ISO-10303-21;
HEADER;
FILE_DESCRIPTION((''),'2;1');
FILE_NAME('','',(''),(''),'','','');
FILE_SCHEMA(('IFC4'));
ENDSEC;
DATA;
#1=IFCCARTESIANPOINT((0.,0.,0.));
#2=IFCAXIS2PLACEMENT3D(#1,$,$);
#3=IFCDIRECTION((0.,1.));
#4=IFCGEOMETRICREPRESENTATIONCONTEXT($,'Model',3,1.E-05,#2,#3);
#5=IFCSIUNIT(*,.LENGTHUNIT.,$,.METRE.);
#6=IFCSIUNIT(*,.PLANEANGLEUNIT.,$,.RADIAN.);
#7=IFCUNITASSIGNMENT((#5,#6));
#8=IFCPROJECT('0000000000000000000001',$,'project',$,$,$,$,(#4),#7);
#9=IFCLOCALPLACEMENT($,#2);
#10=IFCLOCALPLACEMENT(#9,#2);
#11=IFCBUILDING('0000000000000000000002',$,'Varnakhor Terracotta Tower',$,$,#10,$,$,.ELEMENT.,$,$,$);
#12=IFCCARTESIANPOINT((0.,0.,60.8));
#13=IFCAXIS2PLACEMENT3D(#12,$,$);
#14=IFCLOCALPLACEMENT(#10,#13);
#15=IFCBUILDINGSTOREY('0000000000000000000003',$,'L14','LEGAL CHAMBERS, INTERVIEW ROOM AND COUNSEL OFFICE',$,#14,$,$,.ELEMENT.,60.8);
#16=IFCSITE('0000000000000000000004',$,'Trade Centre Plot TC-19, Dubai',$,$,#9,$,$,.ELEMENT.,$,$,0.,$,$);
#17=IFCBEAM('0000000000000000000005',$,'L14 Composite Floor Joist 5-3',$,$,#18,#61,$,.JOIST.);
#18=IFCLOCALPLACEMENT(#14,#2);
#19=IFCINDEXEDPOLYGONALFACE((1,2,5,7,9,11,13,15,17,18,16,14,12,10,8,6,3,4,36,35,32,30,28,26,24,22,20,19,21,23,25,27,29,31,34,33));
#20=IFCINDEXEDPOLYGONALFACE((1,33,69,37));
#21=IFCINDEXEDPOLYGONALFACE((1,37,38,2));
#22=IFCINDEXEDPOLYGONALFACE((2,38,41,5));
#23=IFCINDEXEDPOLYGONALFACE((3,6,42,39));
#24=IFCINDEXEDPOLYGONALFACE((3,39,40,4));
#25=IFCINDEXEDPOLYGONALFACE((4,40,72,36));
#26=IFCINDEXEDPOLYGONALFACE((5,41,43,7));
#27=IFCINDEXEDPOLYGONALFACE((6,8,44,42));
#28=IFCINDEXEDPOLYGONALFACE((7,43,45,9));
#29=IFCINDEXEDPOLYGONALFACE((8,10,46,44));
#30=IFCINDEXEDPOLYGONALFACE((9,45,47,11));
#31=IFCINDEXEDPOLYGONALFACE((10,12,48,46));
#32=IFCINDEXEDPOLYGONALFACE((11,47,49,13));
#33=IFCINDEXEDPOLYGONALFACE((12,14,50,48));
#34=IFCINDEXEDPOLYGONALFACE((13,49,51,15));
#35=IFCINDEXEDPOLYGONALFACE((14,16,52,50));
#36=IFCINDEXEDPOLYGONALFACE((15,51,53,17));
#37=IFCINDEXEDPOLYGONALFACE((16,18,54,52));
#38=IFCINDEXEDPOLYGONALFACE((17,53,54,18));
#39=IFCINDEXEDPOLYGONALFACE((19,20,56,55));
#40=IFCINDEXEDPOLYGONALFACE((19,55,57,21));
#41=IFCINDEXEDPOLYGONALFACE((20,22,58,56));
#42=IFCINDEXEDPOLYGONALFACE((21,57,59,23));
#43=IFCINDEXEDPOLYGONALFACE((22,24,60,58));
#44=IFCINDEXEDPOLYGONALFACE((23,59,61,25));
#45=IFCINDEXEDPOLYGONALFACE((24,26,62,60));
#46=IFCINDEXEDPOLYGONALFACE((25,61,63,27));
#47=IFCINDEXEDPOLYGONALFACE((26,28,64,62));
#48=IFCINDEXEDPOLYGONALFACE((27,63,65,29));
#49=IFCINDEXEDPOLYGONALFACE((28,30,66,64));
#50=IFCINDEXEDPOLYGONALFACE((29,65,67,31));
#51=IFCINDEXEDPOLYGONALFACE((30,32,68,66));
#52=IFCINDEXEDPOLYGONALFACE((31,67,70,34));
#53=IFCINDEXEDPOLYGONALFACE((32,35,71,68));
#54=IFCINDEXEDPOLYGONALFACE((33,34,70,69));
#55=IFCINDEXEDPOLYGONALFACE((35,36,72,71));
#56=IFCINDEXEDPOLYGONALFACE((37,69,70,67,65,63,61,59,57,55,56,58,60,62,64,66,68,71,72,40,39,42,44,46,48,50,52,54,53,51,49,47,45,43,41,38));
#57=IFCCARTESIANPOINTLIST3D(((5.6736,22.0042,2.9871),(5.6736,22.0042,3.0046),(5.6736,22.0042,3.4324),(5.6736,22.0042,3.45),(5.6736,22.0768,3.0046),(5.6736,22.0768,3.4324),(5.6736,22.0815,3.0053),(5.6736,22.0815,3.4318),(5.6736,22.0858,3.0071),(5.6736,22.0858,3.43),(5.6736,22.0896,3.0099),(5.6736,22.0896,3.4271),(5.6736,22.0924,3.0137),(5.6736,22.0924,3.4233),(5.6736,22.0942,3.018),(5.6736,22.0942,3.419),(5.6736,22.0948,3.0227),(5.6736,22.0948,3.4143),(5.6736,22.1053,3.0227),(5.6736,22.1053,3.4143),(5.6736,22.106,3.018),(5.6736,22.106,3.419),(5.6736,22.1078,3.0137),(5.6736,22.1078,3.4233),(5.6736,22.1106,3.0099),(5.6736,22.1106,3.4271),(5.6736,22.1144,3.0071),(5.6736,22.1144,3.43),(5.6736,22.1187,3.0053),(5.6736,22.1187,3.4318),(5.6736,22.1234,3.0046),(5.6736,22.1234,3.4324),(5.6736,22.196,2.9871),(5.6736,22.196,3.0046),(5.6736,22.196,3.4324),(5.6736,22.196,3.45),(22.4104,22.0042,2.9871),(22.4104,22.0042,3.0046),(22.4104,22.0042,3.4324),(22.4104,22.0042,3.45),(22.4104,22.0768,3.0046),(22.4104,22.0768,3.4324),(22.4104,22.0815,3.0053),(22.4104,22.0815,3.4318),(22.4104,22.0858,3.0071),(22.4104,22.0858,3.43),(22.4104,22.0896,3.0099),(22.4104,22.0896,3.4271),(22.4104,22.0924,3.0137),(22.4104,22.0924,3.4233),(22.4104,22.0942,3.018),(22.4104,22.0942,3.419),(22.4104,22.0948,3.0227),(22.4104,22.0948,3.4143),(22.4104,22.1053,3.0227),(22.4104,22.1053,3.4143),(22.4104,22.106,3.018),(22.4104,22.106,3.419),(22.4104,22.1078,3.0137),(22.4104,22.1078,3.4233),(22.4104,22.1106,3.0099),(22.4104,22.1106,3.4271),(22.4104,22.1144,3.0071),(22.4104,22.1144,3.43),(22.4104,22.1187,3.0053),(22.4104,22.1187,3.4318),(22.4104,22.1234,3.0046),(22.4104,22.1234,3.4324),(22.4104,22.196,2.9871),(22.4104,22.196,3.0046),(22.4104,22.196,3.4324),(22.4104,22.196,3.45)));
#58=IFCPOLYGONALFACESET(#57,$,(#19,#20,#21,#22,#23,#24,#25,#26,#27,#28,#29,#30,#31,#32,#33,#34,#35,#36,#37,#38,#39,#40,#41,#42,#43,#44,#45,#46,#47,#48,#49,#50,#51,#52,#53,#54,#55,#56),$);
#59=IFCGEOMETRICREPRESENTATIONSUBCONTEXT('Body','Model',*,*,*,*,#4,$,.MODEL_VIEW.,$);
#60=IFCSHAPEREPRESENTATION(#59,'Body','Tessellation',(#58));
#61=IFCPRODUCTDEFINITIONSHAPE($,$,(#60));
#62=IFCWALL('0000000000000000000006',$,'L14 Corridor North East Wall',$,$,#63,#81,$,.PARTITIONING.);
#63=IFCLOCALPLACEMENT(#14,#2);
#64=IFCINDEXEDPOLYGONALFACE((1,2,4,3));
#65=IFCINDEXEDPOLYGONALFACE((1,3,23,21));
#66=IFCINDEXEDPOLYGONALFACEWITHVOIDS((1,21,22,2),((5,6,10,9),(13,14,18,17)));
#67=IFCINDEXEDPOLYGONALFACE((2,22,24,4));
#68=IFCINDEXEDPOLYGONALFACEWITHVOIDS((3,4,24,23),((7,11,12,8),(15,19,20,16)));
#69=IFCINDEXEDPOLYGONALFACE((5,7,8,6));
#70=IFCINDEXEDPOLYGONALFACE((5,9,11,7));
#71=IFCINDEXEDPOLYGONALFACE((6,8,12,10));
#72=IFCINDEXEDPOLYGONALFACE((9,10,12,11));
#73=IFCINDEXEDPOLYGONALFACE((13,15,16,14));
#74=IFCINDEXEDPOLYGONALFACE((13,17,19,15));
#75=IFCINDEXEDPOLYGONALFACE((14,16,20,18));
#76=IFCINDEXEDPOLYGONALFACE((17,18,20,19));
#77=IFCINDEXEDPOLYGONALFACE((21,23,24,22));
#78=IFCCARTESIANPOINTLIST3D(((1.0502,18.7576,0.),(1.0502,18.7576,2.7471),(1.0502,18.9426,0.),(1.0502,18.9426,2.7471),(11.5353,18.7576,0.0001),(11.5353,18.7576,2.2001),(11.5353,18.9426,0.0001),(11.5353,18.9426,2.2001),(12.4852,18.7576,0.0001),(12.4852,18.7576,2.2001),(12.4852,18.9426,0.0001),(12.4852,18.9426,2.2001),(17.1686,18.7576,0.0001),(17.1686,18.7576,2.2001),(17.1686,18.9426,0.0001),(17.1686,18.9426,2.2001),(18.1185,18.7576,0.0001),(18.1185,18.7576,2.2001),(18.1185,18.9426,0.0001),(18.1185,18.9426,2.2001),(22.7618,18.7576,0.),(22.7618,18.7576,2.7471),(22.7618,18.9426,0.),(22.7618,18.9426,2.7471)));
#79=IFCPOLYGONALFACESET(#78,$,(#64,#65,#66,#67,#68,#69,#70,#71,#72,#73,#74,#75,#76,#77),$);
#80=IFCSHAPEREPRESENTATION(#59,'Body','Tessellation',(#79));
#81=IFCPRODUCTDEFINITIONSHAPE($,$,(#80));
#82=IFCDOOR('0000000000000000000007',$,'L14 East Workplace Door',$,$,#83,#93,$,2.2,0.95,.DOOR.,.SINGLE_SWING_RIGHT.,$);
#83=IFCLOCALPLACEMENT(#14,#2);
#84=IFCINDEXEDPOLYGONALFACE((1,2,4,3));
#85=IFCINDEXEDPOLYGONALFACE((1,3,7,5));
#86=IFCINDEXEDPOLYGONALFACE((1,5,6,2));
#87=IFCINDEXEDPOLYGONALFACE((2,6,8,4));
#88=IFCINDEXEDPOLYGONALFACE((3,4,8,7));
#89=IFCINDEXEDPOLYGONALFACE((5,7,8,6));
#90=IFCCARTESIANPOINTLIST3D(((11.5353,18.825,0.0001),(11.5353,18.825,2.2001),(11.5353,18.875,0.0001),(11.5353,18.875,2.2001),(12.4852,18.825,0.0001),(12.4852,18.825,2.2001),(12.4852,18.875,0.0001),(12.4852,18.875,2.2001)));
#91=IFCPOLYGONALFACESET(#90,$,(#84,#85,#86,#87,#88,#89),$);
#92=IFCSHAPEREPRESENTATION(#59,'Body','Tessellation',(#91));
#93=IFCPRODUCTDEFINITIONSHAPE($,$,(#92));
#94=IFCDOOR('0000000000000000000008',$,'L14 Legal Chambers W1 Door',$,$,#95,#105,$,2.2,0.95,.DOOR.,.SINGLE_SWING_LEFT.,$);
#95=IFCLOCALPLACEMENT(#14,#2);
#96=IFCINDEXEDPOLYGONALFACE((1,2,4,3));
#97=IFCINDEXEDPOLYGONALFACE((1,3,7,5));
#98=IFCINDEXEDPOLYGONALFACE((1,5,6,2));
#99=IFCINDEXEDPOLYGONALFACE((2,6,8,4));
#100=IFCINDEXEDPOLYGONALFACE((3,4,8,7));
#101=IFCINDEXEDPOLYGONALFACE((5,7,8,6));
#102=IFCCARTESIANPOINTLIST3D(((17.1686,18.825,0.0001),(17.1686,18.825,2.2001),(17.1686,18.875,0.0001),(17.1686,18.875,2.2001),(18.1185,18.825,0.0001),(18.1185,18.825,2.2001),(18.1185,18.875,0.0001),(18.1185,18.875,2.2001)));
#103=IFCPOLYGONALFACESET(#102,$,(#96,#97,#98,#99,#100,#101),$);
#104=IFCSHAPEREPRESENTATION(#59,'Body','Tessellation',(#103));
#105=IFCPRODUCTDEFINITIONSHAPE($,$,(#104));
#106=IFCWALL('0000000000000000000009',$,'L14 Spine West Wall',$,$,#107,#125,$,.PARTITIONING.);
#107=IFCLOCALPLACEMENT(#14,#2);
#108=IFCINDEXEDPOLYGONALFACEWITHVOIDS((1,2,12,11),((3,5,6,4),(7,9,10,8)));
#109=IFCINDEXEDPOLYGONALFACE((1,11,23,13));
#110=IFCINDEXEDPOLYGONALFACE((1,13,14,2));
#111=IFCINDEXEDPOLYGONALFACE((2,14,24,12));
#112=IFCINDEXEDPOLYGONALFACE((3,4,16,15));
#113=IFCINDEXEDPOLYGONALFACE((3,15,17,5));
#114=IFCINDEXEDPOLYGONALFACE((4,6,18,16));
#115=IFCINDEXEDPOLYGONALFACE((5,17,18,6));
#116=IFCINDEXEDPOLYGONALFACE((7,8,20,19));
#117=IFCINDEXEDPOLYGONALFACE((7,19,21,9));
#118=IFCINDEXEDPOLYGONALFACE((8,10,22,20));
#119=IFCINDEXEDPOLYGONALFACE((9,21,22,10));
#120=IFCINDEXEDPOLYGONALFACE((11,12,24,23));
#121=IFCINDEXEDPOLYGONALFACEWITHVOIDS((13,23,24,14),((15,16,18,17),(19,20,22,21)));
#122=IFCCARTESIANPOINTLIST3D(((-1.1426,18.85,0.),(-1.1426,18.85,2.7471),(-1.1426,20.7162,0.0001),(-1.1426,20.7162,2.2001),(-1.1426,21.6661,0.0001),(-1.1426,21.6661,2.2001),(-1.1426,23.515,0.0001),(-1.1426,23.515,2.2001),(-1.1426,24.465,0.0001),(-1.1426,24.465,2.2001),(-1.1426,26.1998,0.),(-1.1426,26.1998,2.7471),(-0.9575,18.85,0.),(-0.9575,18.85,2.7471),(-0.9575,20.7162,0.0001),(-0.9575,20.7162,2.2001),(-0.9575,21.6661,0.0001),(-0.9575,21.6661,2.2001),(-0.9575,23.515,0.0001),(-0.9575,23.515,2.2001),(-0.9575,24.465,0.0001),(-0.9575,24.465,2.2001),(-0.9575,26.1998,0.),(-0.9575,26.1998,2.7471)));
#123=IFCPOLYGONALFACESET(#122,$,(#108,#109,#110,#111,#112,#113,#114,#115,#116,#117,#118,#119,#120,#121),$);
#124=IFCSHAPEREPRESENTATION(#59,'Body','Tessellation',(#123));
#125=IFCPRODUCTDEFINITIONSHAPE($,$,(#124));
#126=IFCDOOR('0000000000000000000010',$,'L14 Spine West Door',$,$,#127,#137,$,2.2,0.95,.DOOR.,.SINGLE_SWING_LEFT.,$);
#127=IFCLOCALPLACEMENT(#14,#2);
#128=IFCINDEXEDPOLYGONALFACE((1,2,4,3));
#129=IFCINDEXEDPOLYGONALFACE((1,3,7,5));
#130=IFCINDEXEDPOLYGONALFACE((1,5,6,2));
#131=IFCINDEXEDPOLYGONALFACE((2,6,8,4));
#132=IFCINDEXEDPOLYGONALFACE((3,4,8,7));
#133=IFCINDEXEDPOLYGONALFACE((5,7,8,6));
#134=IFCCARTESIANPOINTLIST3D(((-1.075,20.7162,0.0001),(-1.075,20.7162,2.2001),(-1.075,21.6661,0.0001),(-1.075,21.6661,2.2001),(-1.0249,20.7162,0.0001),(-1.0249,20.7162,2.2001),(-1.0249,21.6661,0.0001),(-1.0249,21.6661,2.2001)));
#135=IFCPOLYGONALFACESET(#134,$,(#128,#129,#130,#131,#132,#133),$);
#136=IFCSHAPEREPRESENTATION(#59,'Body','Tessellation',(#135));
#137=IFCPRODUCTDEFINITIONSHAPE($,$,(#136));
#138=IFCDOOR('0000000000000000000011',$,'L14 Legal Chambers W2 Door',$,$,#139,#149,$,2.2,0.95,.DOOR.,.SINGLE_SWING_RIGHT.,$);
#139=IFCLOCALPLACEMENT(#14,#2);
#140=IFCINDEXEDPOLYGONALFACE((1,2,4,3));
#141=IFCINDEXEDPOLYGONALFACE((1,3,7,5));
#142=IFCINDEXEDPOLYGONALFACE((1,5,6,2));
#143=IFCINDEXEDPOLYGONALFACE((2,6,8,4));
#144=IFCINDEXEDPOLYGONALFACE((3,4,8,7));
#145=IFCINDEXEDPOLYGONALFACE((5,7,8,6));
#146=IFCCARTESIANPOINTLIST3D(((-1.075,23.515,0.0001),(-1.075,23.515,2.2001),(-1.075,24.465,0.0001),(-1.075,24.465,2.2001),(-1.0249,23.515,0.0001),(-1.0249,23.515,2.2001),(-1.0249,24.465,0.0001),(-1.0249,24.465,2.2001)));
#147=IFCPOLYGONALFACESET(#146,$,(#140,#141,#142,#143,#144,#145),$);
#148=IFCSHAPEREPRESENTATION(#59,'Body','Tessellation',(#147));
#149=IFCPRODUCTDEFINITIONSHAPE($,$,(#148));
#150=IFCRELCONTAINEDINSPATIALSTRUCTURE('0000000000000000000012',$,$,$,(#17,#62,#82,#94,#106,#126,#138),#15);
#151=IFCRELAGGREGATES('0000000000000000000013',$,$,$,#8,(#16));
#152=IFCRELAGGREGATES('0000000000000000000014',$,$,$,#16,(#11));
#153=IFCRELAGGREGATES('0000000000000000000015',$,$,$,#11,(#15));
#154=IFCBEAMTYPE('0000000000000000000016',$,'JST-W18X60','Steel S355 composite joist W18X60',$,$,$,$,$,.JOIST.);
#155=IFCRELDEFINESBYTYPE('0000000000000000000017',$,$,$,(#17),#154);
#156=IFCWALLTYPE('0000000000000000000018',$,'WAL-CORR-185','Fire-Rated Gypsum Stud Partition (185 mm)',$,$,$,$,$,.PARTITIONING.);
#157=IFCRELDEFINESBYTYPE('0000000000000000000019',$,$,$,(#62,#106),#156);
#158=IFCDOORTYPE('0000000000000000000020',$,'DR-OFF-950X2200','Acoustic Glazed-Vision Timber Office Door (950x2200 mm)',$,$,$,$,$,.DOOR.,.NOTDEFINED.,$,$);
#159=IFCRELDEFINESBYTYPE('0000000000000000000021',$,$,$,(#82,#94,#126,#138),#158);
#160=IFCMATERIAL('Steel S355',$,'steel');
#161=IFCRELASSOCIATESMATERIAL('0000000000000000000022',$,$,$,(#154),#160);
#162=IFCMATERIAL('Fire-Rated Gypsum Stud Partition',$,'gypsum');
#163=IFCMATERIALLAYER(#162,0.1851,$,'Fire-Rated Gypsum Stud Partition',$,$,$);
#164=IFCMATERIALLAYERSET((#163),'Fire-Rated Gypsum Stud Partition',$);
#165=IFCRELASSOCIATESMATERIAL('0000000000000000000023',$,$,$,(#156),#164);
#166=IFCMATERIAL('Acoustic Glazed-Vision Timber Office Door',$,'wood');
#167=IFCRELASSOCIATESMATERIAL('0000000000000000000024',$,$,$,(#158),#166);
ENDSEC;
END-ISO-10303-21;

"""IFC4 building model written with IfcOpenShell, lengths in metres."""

from ifc_helpers import new_model, si_unit, direction, frame, frame_2d, origin, origin_2d, place, context, subcontext, project, spatial, rectangle, i_section, extrude, source, transform, mapped, material, layer, layer_set, material_profile, profile_set, type_object, type_shapes, element, fill, save


model = new_model("IFC4")

# Units and contexts
model_context = context("Model", 3, precision=1e-05, world=origin(), true_north=direction((0.0, 1.0)))
body_context = subcontext(model_context, "Body", "Model", "MODEL_VIEW")
ifc_project = project(units=[si_unit("LENGTHUNIT", "METRE"), si_unit("PLANEANGLEUNIT", "RADIAN")], contexts=[model_context])

# Site, building, storey
site_placement = place(None, origin())
site = spatial("IfcSite", under=ifc_project, at=site_placement, Name="Trade Centre Plot TC-19, Dubai", CompositionType="ELEMENT", RefElevation=0.0)
building_placement = place(site_placement, origin())
building = spatial("IfcBuilding", under=site, at=building_placement, Name="Varnakhor Terracotta Tower", CompositionType="ELEMENT")
storey_placement = place(building_placement, frame((0.0, 0.0, 60.8)))
storey = spatial("IfcBuildingStorey", under=building, at=storey_placement, Name="L14", Description="LEGAL CHAMBERS, INTERVIEW ROOM AND COUNSEL OFFICE", CompositionType="ELEMENT", Elevation=60.8)

# Beam
ifc_material_1 = material(Name="Steel S355", Category="steel")
ifc_material_profile_1 = material_profile(ifc_material_1, i_section(OverallWidth=0.1919, OverallDepth=0.4629, WebThickness=0.0105, FlangeThickness=0.0176, FilletRadius=0.0181, at=origin_2d()), Name="W18X60")
ifc_profile_set_1 = profile_set([ifc_material_profile_1], Name="Steel S355")
beam_type_1 = type_object("IfcBeamType", Name="JST-W18X60", Description="Steel S355 composite joist W18X60", PredefinedType="JOIST", material=ifc_profile_set_1)
shared_shape_1 = source(origin(), body_context, "Body", "SweptSolid", [
    extrude(i_section(OverallWidth=0.1919, OverallDepth=0.4629, WebThickness=0.0105, FlangeThickness=0.0176, FilletRadius=0.0181, at=origin_2d()), origin(), (0.0, 0.0, 1.0), 16.7368),
])
beam_1_placement = place(storey_placement, frame((5.6736, 22.1001, 3.2185), z_axis=(1.0, 0.0, 0.0), x_axis=(0.0, 1.0, 0.0)))
element("IfcBeam", 1, at=beam_1_placement, inside=storey, type_object=beam_type_1, Name="L14 Composite Floor Joist 5-3", PredefinedType="JOIST", context=body_context, shape_type="MappedRepresentation", body=[
    mapped(shared_shape_1, transform((0.0, 0.0, 0.0), scale=1.0)),
])

# Walls, openings, doors
ifc_material_2 = material(Name="Fire-Rated Gypsum Stud Partition", Category="gypsum")
ifc_layer_1 = layer(ifc_material_2, 0.1851, Name="Fire-Rated Gypsum Stud Partition")
ifc_layer_set_1 = layer_set([ifc_layer_1], Name="Fire-Rated Gypsum Stud Partition")
wall_type_1 = type_object("IfcWallType", Name="WAL-CORR-185", Description="Fire-Rated Gypsum Stud Partition (185 mm)", PredefinedType="PARTITIONING", material=ifc_layer_set_1)
wall_1_placement = place(storey_placement, frame((1.05, 18.8501, 0.0), z_axis=(0.0, 0.0, 1.0), x_axis=(1.0, 0.0, 0.0)))
wall_1 = element("IfcWall", 2, at=wall_1_placement, inside=storey, type_object=wall_type_1, Name="L14 Corridor North East Wall", PredefinedType="PARTITIONING", context=body_context, shape_type="SweptSolid", body=[
    extrude(rectangle(XDim=21.7117, YDim=0.1851, at=frame_2d((10.856, 0.0))), origin(), (0.0, 0.0, 1.0), 2.7471),
])
opening_1_placement = place(wall_1_placement, frame((10.4851, 0.0, 0.0)))
opening_1 = element("IfcOpeningElement", 3, at=opening_1_placement, cuts=wall_1, PredefinedType="OPENING", context=body_context, shape_type="SweptSolid", body=[
    extrude(rectangle(XDim=0.95, YDim=2.2, at=frame_2d((0.4751, 1.1001))), frame((0.0, 0.1025, 0.0), z_axis=(0.0, -1.0, 0.0), x_axis=(1.0, 0.0, 0.0)), (0.0, 0.0, 1.0), 0.2051),
])
opening_2_placement = place(wall_1_placement, frame((16.1184, 0.0, 0.0)))
opening_2 = element("IfcOpeningElement", 4, at=opening_2_placement, cuts=wall_1, PredefinedType="OPENING", context=body_context, shape_type="SweptSolid", body=[
    extrude(rectangle(XDim=0.95, YDim=2.2, at=frame_2d((0.4751, 1.1001))), frame((0.0, 0.1025, 0.0), z_axis=(0.0, -1.0, 0.0), x_axis=(1.0, 0.0, 0.0)), (0.0, 0.0, 1.0), 0.2051),
])
ifc_material_3 = material(Name="Acoustic Glazed-Vision Timber Office Door", Category="wood")
door_type_1 = type_object("IfcDoorType", Name="DR-OFF-950X2200", Description="Acoustic Glazed-Vision Timber Office Door (950x2200 mm)", OperationType="NOTDEFINED", PredefinedType="DOOR", material=ifc_material_3)
shared_shape_2 = source(origin(), body_context, "Body", "SweptSolid", [
    extrude(rectangle(XDim=0.95, YDim=2.2, at=frame_2d((0.4751, 1.1001))), frame((0.0, 0.0249, 0.0), z_axis=(0.0, -1.0, 0.0), x_axis=(1.0, 0.0, 0.0)), (0.0, 0.0, 1.0), 0.05),
])
type_shapes(door_type_1, [shared_shape_2])
door_1_placement = place(opening_1_placement, origin())
door_1 = element("IfcDoor", 5, at=door_1_placement, inside=storey, type_object=door_type_1, Name="L14 East Workplace Door", OperationType="SINGLE_SWING_RIGHT", OverallHeight=2.2, OverallWidth=0.95, PredefinedType="DOOR", context=body_context, shape_type="MappedRepresentation", body=[
    mapped(shared_shape_2, transform((0.0, 0.0, 0.0), scale=1.0)),
])
fill(opening_1, door_1)
door_2_placement = place(opening_2_placement, origin())
door_2 = element("IfcDoor", 6, at=door_2_placement, inside=storey, type_object=door_type_1, Name="L14 Legal Chambers W1 Door", OperationType="SINGLE_SWING_LEFT", OverallHeight=2.2, OverallWidth=0.95, PredefinedType="DOOR", context=body_context, shape_type="MappedRepresentation", body=[
    mapped(shared_shape_2, transform((0.0, 0.0, 0.0), scale=1.0)),
])
fill(opening_2, door_2)
wall_2_placement = place(storey_placement, frame((-1.05, 18.8501, 0.0), z_axis=(0.0, 0.0, 1.0), x_axis=(0.0, 1.0, 0.0)))
wall_2 = element("IfcWall", 7, at=wall_2_placement, inside=storey, type_object=wall_type_1, Name="L14 Spine West Wall", PredefinedType="PARTITIONING", context=body_context, shape_type="SweptSolid", body=[
    extrude(rectangle(XDim=7.3499, YDim=0.1851, at=frame_2d((3.6748, 0.0))), origin(), (0.0, 0.0, 1.0), 2.7471),
])
opening_3_placement = place(wall_2_placement, frame((1.866, 0.0, 0.0)))
opening_3 = element("IfcOpeningElement", 8, at=opening_3_placement, cuts=wall_2, PredefinedType="OPENING", context=body_context, shape_type="SweptSolid", body=[
    extrude(rectangle(XDim=0.95, YDim=2.2, at=frame_2d((0.4751, 1.1001))), frame((0.0, 0.1025, 0.0), z_axis=(0.0, -1.0, 0.0), x_axis=(1.0, 0.0, 0.0)), (0.0, 0.0, 1.0), 0.2051),
])
opening_4_placement = place(wall_2_placement, frame((4.6648, 0.0, 0.0)))
opening_4 = element("IfcOpeningElement", 9, at=opening_4_placement, cuts=wall_2, PredefinedType="OPENING", context=body_context, shape_type="SweptSolid", body=[
    extrude(rectangle(XDim=0.95, YDim=2.2, at=frame_2d((0.4751, 1.1001))), frame((0.0, 0.1025, 0.0), z_axis=(0.0, -1.0, 0.0), x_axis=(1.0, 0.0, 0.0)), (0.0, 0.0, 1.0), 0.2051),
])
door_3_placement = place(opening_3_placement, origin())
door_3 = element("IfcDoor", 10, at=door_3_placement, inside=storey, type_object=door_type_1, Name="L14 Spine West Door", OperationType="SINGLE_SWING_LEFT", OverallHeight=2.2, OverallWidth=0.95, PredefinedType="DOOR", context=body_context, shape_type="MappedRepresentation", body=[
    mapped(shared_shape_2, transform((0.0, 0.0, 0.0), scale=1.0)),
])
fill(opening_3, door_3)
door_4_placement = place(opening_4_placement, origin())
door_4 = element("IfcDoor", 11, at=door_4_placement, inside=storey, type_object=door_type_1, Name="L14 Legal Chambers W2 Door", OperationType="SINGLE_SWING_RIGHT", OverallHeight=2.2, OverallWidth=0.95, PredefinedType="DOOR", context=body_context, shape_type="MappedRepresentation", body=[
    mapped(shared_shape_2, transform((0.0, 0.0, 0.0), scale=1.0)),
])
fill(opening_4, door_4)

save(model, "model.ifc")
